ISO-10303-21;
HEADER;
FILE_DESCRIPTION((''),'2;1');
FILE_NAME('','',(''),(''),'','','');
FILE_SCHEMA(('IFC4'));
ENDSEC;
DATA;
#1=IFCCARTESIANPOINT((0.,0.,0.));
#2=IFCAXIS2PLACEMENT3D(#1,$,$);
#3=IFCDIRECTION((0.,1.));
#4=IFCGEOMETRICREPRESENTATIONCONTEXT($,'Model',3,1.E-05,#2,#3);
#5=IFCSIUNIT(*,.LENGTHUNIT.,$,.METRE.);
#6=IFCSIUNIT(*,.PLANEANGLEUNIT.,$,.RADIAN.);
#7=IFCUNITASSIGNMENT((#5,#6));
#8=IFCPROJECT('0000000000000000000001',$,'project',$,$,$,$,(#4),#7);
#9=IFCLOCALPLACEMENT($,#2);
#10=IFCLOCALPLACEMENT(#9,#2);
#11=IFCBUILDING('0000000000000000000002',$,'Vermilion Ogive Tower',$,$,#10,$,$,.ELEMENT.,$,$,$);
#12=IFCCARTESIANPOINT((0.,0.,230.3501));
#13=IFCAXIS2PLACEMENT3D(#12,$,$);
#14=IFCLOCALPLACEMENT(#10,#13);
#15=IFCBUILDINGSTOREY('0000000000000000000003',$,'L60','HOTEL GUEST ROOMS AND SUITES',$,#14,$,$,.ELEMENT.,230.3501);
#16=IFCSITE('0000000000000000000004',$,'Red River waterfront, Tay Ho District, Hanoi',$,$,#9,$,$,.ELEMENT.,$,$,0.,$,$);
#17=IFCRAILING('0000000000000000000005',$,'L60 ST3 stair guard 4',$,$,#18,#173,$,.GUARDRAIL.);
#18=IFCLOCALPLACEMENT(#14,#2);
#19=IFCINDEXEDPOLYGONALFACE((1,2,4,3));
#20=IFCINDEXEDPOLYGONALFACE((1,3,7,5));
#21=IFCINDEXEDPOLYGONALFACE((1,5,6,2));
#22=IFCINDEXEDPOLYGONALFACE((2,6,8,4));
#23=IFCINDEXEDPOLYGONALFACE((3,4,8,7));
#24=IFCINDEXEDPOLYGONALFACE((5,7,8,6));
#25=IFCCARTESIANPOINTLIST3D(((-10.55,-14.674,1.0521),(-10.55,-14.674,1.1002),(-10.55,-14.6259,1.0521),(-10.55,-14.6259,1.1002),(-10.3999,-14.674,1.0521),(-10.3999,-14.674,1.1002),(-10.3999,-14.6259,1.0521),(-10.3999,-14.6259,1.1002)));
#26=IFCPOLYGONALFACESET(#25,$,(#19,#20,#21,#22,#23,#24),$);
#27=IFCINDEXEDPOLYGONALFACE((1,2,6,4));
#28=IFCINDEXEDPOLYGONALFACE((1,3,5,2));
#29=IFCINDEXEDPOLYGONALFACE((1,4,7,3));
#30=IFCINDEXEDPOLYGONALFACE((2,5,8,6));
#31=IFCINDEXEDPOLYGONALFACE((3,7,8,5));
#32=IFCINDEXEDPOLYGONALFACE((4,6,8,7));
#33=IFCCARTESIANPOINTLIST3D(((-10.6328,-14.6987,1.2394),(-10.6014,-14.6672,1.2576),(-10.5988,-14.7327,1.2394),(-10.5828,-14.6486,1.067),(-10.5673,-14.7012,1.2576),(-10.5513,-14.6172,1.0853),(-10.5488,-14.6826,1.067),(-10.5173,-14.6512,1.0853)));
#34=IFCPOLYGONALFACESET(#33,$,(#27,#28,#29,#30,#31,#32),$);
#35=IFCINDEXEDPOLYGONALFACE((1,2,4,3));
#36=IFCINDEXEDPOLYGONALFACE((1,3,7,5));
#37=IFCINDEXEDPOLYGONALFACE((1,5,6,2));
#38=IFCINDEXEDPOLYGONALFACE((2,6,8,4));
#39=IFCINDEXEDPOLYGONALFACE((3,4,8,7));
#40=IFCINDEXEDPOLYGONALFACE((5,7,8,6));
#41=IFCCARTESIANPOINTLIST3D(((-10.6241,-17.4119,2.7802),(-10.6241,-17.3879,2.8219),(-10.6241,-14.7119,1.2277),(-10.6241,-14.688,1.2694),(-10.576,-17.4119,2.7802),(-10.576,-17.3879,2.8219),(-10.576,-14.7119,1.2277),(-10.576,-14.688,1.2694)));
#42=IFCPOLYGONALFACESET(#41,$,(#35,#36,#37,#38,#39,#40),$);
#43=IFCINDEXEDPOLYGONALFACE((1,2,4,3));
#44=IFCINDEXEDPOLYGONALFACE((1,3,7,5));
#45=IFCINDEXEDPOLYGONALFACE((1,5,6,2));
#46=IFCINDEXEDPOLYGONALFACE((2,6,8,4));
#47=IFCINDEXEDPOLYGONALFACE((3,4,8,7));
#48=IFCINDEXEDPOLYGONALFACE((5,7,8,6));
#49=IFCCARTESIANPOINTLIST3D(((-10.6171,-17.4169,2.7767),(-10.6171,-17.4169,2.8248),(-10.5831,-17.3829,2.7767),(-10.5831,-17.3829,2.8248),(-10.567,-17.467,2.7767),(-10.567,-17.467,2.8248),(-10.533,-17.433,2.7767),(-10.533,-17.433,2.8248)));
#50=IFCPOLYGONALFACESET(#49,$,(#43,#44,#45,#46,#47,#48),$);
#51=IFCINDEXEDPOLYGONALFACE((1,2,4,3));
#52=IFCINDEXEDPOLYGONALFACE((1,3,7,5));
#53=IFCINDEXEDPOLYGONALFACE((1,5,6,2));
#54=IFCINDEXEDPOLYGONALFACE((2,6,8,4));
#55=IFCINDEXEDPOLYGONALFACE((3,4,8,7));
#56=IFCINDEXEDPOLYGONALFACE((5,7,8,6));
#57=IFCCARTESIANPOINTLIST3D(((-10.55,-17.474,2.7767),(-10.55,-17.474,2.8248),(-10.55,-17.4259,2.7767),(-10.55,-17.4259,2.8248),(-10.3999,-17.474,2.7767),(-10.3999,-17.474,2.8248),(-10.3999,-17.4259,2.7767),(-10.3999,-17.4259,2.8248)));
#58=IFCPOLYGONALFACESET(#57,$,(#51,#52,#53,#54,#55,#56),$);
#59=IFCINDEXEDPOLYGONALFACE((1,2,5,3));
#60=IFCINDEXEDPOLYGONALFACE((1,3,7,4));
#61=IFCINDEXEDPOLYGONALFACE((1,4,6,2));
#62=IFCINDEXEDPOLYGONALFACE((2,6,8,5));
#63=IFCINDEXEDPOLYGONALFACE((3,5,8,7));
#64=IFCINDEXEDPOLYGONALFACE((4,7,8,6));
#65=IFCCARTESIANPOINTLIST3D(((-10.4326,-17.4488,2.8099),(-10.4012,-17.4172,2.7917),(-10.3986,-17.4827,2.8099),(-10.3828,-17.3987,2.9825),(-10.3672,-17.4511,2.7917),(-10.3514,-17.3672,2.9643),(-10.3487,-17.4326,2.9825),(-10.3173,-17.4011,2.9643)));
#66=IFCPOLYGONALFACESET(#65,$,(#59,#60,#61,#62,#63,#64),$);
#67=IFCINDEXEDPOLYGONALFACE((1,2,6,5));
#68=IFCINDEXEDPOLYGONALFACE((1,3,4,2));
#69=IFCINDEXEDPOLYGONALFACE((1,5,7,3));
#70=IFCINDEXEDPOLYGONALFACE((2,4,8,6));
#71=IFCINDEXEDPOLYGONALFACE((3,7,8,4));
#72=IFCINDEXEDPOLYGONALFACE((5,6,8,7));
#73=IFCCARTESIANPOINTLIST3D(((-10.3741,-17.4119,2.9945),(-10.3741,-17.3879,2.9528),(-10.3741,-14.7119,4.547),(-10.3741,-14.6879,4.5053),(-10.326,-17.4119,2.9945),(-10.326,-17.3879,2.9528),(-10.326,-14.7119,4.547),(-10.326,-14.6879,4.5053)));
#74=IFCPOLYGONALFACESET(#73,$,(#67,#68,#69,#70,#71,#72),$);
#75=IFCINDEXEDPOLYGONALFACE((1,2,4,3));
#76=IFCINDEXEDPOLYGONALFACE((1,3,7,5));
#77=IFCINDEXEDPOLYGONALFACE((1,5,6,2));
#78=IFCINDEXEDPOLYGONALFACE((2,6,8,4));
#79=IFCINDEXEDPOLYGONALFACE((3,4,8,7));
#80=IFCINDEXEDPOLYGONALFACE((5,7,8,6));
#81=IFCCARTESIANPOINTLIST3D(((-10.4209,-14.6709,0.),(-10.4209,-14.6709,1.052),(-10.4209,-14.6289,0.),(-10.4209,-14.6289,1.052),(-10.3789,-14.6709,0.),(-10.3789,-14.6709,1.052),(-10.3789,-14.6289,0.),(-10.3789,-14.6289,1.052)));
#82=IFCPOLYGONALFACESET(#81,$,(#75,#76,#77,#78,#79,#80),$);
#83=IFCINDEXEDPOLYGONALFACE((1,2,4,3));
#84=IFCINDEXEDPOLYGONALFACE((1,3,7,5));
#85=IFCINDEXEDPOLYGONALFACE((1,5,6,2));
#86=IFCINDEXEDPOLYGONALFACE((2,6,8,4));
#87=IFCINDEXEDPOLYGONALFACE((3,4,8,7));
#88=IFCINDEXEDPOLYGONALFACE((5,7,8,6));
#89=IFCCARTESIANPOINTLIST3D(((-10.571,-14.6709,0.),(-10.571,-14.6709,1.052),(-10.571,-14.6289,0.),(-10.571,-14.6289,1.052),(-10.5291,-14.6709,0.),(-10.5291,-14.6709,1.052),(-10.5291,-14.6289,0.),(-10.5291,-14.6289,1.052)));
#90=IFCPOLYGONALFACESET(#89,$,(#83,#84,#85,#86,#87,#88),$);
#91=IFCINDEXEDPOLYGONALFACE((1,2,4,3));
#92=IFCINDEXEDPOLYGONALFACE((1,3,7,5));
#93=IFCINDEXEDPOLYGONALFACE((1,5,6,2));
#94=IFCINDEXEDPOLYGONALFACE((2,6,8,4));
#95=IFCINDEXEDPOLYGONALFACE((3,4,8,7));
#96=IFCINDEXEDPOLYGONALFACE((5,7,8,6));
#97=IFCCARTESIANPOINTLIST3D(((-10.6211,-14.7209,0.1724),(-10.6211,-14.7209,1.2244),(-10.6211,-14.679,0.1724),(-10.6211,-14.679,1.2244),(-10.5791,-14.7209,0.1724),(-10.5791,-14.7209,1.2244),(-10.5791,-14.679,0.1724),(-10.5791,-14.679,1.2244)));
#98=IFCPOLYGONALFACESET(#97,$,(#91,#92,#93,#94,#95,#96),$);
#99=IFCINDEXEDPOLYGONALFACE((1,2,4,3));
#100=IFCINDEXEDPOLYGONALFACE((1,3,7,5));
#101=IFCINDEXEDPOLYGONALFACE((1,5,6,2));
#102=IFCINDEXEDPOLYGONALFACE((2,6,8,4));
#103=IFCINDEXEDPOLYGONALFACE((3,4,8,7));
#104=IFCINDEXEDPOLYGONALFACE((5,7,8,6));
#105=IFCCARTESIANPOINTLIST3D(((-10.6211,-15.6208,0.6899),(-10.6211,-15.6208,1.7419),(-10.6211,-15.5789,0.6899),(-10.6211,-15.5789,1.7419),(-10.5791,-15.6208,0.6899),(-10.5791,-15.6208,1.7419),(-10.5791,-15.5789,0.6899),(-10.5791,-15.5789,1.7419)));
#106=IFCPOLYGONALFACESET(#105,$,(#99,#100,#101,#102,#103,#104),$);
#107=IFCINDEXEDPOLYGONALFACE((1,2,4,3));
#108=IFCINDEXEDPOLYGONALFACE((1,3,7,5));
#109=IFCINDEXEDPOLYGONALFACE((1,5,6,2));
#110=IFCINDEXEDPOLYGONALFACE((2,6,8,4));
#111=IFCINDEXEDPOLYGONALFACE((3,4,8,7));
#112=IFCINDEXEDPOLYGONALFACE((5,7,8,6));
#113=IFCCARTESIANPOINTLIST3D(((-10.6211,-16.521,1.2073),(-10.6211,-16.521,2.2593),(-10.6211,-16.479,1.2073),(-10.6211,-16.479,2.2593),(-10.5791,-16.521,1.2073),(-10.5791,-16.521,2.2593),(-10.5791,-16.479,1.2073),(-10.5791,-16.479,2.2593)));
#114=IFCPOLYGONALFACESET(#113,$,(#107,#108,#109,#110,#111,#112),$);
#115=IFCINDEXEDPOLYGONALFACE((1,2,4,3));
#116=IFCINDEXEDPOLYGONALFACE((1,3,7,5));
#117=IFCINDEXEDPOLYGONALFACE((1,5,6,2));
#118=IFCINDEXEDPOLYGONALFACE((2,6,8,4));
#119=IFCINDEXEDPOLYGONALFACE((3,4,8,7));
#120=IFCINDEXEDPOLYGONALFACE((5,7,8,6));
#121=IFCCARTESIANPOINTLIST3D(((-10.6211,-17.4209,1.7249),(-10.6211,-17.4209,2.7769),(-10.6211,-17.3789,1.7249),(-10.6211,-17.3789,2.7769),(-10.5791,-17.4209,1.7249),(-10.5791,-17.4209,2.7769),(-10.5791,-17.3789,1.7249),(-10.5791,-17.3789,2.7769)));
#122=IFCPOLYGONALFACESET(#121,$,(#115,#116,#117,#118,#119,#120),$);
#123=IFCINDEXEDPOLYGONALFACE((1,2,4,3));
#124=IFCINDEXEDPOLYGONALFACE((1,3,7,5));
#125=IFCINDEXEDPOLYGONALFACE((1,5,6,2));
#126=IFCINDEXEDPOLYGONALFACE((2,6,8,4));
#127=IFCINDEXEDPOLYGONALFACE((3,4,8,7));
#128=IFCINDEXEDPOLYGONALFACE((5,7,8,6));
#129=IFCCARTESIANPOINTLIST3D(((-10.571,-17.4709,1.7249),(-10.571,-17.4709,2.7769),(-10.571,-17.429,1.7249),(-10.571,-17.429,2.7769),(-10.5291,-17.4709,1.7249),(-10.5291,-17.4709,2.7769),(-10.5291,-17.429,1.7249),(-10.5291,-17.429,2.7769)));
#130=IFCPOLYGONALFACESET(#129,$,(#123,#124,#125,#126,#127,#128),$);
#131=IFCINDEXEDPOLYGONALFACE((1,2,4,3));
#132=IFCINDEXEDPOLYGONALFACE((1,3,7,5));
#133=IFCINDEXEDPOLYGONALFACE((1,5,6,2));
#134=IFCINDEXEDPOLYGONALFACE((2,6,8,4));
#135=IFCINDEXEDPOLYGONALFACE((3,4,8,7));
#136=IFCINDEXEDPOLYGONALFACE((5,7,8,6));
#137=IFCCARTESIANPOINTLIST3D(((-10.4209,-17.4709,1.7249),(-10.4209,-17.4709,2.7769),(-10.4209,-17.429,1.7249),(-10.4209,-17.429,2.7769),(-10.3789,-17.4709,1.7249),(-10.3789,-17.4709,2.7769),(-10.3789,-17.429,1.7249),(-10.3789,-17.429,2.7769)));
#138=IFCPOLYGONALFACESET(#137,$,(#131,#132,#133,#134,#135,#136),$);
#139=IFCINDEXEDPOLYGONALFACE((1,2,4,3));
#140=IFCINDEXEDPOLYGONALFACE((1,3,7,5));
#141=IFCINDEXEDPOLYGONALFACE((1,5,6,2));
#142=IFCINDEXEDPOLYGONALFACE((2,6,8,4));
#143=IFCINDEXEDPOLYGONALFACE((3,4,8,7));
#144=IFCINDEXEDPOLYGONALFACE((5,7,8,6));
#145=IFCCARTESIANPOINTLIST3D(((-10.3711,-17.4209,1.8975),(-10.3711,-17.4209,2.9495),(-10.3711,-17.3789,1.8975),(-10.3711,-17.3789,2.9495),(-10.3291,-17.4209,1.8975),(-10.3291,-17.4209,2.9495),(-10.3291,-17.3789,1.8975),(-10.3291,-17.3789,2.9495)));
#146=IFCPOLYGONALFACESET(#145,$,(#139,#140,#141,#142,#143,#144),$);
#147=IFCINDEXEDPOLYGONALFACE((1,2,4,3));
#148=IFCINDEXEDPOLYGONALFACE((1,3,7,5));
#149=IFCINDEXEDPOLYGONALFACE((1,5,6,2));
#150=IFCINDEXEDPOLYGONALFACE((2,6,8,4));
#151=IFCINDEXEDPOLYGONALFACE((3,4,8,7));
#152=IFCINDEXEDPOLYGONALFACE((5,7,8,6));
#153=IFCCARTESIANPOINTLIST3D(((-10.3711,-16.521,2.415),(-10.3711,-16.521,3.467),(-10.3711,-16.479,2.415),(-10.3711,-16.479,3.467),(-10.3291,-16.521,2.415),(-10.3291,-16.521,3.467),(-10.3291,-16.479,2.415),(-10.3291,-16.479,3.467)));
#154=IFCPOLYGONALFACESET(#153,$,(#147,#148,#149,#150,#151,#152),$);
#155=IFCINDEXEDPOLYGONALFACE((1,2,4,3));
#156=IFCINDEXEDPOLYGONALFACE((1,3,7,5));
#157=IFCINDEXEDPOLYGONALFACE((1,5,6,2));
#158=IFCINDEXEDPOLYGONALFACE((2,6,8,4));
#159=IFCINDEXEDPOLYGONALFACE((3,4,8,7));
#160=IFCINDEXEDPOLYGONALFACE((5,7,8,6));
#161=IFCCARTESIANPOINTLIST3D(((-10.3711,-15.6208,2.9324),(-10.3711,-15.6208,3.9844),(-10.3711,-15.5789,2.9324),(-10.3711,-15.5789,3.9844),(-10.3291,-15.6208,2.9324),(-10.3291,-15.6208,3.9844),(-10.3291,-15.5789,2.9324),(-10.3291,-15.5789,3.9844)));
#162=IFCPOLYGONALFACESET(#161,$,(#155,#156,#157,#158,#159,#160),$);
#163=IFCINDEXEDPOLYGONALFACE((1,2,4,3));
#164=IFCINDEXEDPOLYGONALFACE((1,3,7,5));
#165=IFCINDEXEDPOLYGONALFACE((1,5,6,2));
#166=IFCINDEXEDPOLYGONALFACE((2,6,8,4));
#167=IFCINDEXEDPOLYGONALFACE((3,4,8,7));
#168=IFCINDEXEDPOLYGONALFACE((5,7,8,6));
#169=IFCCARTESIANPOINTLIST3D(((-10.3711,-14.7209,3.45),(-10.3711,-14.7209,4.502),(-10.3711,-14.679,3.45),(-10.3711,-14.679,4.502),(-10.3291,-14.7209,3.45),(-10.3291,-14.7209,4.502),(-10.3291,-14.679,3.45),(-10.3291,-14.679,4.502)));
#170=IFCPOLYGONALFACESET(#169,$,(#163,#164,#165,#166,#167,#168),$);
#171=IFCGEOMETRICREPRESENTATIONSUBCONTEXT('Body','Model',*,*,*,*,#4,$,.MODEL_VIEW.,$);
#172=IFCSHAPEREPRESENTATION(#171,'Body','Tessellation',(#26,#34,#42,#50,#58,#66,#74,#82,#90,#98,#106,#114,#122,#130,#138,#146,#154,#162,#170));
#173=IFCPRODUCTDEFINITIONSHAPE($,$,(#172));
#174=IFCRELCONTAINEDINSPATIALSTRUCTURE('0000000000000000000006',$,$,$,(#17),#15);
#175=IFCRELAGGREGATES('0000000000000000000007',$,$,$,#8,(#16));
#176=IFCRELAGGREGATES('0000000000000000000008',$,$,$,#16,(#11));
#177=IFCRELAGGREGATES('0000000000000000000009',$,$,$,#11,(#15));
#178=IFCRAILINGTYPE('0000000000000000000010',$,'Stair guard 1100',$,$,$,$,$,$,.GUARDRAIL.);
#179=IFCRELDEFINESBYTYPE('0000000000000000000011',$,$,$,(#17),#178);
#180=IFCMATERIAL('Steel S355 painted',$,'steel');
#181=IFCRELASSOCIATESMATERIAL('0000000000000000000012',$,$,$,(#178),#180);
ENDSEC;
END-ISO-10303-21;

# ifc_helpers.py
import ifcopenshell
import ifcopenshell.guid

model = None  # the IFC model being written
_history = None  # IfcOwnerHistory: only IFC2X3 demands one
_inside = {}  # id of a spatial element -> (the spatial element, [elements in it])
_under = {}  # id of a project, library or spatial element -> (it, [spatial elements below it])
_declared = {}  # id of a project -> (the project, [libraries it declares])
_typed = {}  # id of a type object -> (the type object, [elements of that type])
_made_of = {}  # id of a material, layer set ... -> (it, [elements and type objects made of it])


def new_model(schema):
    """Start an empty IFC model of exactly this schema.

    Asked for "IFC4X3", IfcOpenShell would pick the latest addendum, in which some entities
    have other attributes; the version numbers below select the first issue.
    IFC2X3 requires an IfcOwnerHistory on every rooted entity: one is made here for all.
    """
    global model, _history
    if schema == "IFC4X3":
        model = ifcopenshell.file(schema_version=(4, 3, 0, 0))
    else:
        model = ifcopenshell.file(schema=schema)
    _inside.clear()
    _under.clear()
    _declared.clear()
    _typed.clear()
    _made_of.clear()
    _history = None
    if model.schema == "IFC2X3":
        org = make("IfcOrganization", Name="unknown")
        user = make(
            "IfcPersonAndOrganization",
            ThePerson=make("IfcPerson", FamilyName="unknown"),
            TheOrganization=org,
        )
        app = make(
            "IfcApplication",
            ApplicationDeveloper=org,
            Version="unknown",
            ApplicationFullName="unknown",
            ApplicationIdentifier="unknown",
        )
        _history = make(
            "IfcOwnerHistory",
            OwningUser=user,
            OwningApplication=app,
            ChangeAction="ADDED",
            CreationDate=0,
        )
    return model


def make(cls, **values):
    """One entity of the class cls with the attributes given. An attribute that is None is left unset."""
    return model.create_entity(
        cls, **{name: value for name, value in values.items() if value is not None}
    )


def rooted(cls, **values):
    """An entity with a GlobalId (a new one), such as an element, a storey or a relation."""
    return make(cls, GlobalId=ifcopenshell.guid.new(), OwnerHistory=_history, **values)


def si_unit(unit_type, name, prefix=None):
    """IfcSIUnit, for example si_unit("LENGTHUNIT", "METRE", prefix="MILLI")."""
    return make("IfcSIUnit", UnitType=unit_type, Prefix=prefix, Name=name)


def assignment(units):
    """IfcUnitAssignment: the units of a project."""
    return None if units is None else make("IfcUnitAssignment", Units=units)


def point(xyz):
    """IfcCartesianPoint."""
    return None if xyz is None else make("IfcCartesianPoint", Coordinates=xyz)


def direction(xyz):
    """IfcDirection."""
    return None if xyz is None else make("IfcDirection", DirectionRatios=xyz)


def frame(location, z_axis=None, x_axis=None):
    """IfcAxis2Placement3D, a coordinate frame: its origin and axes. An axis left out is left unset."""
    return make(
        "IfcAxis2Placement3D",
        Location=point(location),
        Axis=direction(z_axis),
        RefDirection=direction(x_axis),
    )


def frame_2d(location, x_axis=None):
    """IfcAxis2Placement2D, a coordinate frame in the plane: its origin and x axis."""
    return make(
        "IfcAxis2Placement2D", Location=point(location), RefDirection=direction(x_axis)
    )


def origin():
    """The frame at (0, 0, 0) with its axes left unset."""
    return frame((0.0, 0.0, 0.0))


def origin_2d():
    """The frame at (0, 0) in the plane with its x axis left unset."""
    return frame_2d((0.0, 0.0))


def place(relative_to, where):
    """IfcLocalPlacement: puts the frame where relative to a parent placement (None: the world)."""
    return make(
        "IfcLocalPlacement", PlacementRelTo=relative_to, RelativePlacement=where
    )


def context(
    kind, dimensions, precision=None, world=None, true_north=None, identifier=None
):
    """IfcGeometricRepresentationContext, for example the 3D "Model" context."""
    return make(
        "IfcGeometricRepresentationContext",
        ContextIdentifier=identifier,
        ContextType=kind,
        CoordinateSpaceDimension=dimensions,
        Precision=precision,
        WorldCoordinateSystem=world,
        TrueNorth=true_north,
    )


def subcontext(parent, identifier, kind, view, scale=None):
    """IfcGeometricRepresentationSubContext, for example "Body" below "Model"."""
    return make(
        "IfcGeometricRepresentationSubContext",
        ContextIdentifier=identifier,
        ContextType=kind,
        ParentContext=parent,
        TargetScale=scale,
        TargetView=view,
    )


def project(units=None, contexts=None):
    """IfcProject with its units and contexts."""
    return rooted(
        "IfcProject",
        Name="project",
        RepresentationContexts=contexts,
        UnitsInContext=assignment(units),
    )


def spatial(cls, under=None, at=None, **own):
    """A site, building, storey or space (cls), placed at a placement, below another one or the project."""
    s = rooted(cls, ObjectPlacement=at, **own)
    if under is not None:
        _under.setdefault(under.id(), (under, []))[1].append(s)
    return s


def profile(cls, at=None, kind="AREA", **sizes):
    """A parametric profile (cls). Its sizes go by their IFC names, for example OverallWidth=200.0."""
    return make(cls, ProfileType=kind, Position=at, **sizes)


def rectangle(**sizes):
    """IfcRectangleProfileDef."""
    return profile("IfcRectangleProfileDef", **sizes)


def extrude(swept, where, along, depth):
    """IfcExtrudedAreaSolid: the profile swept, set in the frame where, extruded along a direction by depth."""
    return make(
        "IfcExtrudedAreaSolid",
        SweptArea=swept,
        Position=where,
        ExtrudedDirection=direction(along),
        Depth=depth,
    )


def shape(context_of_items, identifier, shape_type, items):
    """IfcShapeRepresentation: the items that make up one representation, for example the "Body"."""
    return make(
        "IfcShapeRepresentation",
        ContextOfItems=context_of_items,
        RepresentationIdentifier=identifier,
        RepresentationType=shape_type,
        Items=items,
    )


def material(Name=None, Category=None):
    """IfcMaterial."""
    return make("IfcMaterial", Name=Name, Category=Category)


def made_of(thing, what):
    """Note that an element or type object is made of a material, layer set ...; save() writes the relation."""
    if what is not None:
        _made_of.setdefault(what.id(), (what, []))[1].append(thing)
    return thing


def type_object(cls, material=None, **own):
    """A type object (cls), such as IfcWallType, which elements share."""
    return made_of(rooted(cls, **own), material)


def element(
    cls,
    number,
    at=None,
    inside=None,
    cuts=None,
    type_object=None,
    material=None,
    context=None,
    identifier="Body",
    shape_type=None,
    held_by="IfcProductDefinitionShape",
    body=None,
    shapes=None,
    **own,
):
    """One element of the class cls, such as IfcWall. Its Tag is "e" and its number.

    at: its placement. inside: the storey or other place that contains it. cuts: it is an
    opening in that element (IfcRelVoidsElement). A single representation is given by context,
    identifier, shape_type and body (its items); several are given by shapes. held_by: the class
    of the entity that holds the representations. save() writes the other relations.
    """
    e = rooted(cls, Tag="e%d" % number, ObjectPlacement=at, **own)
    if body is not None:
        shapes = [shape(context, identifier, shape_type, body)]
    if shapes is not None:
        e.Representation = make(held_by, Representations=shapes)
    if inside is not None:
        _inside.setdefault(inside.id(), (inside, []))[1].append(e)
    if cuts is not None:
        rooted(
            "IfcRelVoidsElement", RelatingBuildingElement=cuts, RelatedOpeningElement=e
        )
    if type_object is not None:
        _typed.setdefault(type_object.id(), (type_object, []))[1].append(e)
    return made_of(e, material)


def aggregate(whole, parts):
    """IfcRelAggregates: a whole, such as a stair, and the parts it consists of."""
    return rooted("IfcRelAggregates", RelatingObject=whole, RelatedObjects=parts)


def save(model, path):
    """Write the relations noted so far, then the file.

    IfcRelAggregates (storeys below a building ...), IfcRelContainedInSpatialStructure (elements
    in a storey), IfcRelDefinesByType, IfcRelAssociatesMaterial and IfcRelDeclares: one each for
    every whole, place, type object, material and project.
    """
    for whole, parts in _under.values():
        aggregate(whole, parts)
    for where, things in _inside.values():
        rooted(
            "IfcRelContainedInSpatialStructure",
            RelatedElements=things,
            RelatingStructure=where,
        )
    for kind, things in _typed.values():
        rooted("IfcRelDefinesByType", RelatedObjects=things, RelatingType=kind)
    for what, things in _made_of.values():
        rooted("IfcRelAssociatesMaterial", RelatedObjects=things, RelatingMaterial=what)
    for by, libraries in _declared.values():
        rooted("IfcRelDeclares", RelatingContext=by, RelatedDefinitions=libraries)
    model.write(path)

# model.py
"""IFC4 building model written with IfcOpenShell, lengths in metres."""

from ifc_helpers import new_model, si_unit, direction, frame, origin, origin_2d, place, context, subcontext, project, spatial, rectangle, extrude, material, type_object, element, save


model = new_model("IFC4")

# Units and contexts
model_context = context("Model", 3, precision=1e-05, world=origin(), true_north=direction((0.0, 1.0)))
body_context = subcontext(model_context, "Body", "Model", "MODEL_VIEW")
ifc_project = project(units=[si_unit("LENGTHUNIT", "METRE"), si_unit("PLANEANGLEUNIT", "RADIAN")], contexts=[model_context])

# Site, building, storey
site_placement = place(None, origin())
site = spatial("IfcSite", under=ifc_project, at=site_placement, Name="Red River waterfront, Tay Ho District, Hanoi", CompositionType="ELEMENT", RefElevation=0.0)
building_placement = place(site_placement, origin())
building = spatial("IfcBuilding", under=site, at=building_placement, Name="Vermilion Ogive Tower", CompositionType="ELEMENT")
storey_placement = place(building_placement, frame((0.0, 0.0, 230.3501)))
storey = spatial("IfcBuildingStorey", under=building, at=storey_placement, Name="L60", Description="HOTEL GUEST ROOMS AND SUITES", CompositionType="ELEMENT", Elevation=230.3501)

# Railing
ifc_material_1 = material(Name="Steel S355 painted", Category="steel")
railing_type = type_object("IfcRailingType", Name="Stair guard 1100", PredefinedType="GUARDRAIL", material=ifc_material_1)
railing_placement = place(storey_placement, frame((-10.3999, -14.6499, 0.0)))
element("IfcRailing", 1, at=railing_placement, inside=storey, type_object=railing_type, Name="L60 ST3 stair guard 4", PredefinedType="GUARDRAIL", context=body_context, shape_type="SweptSolid", body=[
    extrude(rectangle(XDim=0.0481, YDim=0.0481, at=origin_2d()), frame((0.0, 0.0, 1.0762), z_axis=(-1.0, 0.0, 0.0), x_axis=(0.0, -1.0, 0.0)), (0.0, 0.0, 1.0), 0.1501),
    extrude(rectangle(XDim=0.0481, YDim=0.0481, at=origin_2d()), frame((-0.1501, 0.0, 1.0762), z_axis=(-0.268603, -0.268603, 0.925043), x_axis=(0.707107, -0.707107, 0.0)), (0.0, 0.0, 1.0), 0.1863),
    extrude(rectangle(XDim=0.0481, YDim=0.0481, at=origin_2d()), frame((-0.2002, -0.05, 1.2485), z_axis=(0.0, -0.866904, 0.498476), x_axis=(1.0, 0.0, 0.0)), (0.0, 0.0, 1.0), 3.1145),
    extrude(rectangle(XDim=0.0481, YDim=0.0481, at=origin_2d()), frame((-0.2002, -2.75, 2.8008), z_axis=(0.707107, -0.707107, 0.0), x_axis=(0.707107, 0.707107, 0.0)), (0.0, 0.0, 1.0), 0.0708),
    extrude(rectangle(XDim=0.0481, YDim=0.0481, at=origin_2d()), frame((-0.1501, -2.8, 2.8008), z_axis=(1.0, 0.0, 0.0), x_axis=(0.0, 1.0, 0.0)), (0.0, 0.0, 1.0), 0.1501),
    extrude(rectangle(XDim=0.0481, YDim=0.0481, at=origin_2d()), frame((0.0, -2.8, 2.8008), z_axis=(0.267063, 0.268372, 0.925556), x_axis=(-0.708834, 0.705376, 0.0)), (0.0, 0.0, 1.0), 0.1865),
    extrude(rectangle(XDim=0.0481, YDim=0.0481, at=origin_2d()), frame((0.0498, -2.75, 2.9736), z_axis=(0.0, 0.866904, 0.498476), x_axis=(-1.0, 0.0, 0.0)), (0.0, 0.0, 1.0), 3.1145),
    extrude(rectangle(XDim=0.042, YDim=0.042, at=origin_2d()), origin(), (0.0, 0.0, 1.0), 1.052),
    extrude(rectangle(XDim=0.042, YDim=0.042, at=origin_2d()), frame((-0.1501, 0.0, 0.0)), (0.0, 0.0, 1.0), 1.052),
    extrude(rectangle(XDim=0.042, YDim=0.042, at=origin_2d()), frame((-0.2002, -0.05, 0.1724)), (0.0, 0.0, 1.0), 1.052),
    extrude(rectangle(XDim=0.042, YDim=0.042, at=origin_2d()), frame((-0.2002, -0.95, 0.6899)), (0.0, 0.0, 1.0), 1.052),
    extrude(rectangle(XDim=0.042, YDim=0.042, at=origin_2d()), frame((-0.2002, -1.8501, 1.2073)), (0.0, 0.0, 1.0), 1.052),
    extrude(rectangle(XDim=0.042, YDim=0.042, at=origin_2d()), frame((-0.2002, -2.75, 1.7249)), (0.0, 0.0, 1.0), 1.052),
    extrude(rectangle(XDim=0.042, YDim=0.042, at=origin_2d()), frame((-0.1501, -2.8, 1.7249)), (0.0, 0.0, 1.0), 1.052),
    extrude(rectangle(XDim=0.042, YDim=0.042, at=origin_2d()), frame((0.0, -2.8, 1.7249)), (0.0, 0.0, 1.0), 1.052),
    extrude(rectangle(XDim=0.042, YDim=0.042, at=origin_2d()), frame((0.0498, -2.75, 1.8975)), (0.0, 0.0, 1.0), 1.052),
    extrude(rectangle(XDim=0.042, YDim=0.042, at=origin_2d()), frame((0.0498, -1.8501, 2.415)), (0.0, 0.0, 1.0), 1.052),
    extrude(rectangle(XDim=0.042, YDim=0.042, at=origin_2d()), frame((0.0498, -0.95, 2.9324)), (0.0, 0.0, 1.0), 1.052),
    extrude(rectangle(XDim=0.042, YDim=0.042, at=origin_2d()), frame((0.0498, -0.05, 3.45)), (0.0, 0.0, 1.0), 1.052),
])

save(model, "model.ifc")
